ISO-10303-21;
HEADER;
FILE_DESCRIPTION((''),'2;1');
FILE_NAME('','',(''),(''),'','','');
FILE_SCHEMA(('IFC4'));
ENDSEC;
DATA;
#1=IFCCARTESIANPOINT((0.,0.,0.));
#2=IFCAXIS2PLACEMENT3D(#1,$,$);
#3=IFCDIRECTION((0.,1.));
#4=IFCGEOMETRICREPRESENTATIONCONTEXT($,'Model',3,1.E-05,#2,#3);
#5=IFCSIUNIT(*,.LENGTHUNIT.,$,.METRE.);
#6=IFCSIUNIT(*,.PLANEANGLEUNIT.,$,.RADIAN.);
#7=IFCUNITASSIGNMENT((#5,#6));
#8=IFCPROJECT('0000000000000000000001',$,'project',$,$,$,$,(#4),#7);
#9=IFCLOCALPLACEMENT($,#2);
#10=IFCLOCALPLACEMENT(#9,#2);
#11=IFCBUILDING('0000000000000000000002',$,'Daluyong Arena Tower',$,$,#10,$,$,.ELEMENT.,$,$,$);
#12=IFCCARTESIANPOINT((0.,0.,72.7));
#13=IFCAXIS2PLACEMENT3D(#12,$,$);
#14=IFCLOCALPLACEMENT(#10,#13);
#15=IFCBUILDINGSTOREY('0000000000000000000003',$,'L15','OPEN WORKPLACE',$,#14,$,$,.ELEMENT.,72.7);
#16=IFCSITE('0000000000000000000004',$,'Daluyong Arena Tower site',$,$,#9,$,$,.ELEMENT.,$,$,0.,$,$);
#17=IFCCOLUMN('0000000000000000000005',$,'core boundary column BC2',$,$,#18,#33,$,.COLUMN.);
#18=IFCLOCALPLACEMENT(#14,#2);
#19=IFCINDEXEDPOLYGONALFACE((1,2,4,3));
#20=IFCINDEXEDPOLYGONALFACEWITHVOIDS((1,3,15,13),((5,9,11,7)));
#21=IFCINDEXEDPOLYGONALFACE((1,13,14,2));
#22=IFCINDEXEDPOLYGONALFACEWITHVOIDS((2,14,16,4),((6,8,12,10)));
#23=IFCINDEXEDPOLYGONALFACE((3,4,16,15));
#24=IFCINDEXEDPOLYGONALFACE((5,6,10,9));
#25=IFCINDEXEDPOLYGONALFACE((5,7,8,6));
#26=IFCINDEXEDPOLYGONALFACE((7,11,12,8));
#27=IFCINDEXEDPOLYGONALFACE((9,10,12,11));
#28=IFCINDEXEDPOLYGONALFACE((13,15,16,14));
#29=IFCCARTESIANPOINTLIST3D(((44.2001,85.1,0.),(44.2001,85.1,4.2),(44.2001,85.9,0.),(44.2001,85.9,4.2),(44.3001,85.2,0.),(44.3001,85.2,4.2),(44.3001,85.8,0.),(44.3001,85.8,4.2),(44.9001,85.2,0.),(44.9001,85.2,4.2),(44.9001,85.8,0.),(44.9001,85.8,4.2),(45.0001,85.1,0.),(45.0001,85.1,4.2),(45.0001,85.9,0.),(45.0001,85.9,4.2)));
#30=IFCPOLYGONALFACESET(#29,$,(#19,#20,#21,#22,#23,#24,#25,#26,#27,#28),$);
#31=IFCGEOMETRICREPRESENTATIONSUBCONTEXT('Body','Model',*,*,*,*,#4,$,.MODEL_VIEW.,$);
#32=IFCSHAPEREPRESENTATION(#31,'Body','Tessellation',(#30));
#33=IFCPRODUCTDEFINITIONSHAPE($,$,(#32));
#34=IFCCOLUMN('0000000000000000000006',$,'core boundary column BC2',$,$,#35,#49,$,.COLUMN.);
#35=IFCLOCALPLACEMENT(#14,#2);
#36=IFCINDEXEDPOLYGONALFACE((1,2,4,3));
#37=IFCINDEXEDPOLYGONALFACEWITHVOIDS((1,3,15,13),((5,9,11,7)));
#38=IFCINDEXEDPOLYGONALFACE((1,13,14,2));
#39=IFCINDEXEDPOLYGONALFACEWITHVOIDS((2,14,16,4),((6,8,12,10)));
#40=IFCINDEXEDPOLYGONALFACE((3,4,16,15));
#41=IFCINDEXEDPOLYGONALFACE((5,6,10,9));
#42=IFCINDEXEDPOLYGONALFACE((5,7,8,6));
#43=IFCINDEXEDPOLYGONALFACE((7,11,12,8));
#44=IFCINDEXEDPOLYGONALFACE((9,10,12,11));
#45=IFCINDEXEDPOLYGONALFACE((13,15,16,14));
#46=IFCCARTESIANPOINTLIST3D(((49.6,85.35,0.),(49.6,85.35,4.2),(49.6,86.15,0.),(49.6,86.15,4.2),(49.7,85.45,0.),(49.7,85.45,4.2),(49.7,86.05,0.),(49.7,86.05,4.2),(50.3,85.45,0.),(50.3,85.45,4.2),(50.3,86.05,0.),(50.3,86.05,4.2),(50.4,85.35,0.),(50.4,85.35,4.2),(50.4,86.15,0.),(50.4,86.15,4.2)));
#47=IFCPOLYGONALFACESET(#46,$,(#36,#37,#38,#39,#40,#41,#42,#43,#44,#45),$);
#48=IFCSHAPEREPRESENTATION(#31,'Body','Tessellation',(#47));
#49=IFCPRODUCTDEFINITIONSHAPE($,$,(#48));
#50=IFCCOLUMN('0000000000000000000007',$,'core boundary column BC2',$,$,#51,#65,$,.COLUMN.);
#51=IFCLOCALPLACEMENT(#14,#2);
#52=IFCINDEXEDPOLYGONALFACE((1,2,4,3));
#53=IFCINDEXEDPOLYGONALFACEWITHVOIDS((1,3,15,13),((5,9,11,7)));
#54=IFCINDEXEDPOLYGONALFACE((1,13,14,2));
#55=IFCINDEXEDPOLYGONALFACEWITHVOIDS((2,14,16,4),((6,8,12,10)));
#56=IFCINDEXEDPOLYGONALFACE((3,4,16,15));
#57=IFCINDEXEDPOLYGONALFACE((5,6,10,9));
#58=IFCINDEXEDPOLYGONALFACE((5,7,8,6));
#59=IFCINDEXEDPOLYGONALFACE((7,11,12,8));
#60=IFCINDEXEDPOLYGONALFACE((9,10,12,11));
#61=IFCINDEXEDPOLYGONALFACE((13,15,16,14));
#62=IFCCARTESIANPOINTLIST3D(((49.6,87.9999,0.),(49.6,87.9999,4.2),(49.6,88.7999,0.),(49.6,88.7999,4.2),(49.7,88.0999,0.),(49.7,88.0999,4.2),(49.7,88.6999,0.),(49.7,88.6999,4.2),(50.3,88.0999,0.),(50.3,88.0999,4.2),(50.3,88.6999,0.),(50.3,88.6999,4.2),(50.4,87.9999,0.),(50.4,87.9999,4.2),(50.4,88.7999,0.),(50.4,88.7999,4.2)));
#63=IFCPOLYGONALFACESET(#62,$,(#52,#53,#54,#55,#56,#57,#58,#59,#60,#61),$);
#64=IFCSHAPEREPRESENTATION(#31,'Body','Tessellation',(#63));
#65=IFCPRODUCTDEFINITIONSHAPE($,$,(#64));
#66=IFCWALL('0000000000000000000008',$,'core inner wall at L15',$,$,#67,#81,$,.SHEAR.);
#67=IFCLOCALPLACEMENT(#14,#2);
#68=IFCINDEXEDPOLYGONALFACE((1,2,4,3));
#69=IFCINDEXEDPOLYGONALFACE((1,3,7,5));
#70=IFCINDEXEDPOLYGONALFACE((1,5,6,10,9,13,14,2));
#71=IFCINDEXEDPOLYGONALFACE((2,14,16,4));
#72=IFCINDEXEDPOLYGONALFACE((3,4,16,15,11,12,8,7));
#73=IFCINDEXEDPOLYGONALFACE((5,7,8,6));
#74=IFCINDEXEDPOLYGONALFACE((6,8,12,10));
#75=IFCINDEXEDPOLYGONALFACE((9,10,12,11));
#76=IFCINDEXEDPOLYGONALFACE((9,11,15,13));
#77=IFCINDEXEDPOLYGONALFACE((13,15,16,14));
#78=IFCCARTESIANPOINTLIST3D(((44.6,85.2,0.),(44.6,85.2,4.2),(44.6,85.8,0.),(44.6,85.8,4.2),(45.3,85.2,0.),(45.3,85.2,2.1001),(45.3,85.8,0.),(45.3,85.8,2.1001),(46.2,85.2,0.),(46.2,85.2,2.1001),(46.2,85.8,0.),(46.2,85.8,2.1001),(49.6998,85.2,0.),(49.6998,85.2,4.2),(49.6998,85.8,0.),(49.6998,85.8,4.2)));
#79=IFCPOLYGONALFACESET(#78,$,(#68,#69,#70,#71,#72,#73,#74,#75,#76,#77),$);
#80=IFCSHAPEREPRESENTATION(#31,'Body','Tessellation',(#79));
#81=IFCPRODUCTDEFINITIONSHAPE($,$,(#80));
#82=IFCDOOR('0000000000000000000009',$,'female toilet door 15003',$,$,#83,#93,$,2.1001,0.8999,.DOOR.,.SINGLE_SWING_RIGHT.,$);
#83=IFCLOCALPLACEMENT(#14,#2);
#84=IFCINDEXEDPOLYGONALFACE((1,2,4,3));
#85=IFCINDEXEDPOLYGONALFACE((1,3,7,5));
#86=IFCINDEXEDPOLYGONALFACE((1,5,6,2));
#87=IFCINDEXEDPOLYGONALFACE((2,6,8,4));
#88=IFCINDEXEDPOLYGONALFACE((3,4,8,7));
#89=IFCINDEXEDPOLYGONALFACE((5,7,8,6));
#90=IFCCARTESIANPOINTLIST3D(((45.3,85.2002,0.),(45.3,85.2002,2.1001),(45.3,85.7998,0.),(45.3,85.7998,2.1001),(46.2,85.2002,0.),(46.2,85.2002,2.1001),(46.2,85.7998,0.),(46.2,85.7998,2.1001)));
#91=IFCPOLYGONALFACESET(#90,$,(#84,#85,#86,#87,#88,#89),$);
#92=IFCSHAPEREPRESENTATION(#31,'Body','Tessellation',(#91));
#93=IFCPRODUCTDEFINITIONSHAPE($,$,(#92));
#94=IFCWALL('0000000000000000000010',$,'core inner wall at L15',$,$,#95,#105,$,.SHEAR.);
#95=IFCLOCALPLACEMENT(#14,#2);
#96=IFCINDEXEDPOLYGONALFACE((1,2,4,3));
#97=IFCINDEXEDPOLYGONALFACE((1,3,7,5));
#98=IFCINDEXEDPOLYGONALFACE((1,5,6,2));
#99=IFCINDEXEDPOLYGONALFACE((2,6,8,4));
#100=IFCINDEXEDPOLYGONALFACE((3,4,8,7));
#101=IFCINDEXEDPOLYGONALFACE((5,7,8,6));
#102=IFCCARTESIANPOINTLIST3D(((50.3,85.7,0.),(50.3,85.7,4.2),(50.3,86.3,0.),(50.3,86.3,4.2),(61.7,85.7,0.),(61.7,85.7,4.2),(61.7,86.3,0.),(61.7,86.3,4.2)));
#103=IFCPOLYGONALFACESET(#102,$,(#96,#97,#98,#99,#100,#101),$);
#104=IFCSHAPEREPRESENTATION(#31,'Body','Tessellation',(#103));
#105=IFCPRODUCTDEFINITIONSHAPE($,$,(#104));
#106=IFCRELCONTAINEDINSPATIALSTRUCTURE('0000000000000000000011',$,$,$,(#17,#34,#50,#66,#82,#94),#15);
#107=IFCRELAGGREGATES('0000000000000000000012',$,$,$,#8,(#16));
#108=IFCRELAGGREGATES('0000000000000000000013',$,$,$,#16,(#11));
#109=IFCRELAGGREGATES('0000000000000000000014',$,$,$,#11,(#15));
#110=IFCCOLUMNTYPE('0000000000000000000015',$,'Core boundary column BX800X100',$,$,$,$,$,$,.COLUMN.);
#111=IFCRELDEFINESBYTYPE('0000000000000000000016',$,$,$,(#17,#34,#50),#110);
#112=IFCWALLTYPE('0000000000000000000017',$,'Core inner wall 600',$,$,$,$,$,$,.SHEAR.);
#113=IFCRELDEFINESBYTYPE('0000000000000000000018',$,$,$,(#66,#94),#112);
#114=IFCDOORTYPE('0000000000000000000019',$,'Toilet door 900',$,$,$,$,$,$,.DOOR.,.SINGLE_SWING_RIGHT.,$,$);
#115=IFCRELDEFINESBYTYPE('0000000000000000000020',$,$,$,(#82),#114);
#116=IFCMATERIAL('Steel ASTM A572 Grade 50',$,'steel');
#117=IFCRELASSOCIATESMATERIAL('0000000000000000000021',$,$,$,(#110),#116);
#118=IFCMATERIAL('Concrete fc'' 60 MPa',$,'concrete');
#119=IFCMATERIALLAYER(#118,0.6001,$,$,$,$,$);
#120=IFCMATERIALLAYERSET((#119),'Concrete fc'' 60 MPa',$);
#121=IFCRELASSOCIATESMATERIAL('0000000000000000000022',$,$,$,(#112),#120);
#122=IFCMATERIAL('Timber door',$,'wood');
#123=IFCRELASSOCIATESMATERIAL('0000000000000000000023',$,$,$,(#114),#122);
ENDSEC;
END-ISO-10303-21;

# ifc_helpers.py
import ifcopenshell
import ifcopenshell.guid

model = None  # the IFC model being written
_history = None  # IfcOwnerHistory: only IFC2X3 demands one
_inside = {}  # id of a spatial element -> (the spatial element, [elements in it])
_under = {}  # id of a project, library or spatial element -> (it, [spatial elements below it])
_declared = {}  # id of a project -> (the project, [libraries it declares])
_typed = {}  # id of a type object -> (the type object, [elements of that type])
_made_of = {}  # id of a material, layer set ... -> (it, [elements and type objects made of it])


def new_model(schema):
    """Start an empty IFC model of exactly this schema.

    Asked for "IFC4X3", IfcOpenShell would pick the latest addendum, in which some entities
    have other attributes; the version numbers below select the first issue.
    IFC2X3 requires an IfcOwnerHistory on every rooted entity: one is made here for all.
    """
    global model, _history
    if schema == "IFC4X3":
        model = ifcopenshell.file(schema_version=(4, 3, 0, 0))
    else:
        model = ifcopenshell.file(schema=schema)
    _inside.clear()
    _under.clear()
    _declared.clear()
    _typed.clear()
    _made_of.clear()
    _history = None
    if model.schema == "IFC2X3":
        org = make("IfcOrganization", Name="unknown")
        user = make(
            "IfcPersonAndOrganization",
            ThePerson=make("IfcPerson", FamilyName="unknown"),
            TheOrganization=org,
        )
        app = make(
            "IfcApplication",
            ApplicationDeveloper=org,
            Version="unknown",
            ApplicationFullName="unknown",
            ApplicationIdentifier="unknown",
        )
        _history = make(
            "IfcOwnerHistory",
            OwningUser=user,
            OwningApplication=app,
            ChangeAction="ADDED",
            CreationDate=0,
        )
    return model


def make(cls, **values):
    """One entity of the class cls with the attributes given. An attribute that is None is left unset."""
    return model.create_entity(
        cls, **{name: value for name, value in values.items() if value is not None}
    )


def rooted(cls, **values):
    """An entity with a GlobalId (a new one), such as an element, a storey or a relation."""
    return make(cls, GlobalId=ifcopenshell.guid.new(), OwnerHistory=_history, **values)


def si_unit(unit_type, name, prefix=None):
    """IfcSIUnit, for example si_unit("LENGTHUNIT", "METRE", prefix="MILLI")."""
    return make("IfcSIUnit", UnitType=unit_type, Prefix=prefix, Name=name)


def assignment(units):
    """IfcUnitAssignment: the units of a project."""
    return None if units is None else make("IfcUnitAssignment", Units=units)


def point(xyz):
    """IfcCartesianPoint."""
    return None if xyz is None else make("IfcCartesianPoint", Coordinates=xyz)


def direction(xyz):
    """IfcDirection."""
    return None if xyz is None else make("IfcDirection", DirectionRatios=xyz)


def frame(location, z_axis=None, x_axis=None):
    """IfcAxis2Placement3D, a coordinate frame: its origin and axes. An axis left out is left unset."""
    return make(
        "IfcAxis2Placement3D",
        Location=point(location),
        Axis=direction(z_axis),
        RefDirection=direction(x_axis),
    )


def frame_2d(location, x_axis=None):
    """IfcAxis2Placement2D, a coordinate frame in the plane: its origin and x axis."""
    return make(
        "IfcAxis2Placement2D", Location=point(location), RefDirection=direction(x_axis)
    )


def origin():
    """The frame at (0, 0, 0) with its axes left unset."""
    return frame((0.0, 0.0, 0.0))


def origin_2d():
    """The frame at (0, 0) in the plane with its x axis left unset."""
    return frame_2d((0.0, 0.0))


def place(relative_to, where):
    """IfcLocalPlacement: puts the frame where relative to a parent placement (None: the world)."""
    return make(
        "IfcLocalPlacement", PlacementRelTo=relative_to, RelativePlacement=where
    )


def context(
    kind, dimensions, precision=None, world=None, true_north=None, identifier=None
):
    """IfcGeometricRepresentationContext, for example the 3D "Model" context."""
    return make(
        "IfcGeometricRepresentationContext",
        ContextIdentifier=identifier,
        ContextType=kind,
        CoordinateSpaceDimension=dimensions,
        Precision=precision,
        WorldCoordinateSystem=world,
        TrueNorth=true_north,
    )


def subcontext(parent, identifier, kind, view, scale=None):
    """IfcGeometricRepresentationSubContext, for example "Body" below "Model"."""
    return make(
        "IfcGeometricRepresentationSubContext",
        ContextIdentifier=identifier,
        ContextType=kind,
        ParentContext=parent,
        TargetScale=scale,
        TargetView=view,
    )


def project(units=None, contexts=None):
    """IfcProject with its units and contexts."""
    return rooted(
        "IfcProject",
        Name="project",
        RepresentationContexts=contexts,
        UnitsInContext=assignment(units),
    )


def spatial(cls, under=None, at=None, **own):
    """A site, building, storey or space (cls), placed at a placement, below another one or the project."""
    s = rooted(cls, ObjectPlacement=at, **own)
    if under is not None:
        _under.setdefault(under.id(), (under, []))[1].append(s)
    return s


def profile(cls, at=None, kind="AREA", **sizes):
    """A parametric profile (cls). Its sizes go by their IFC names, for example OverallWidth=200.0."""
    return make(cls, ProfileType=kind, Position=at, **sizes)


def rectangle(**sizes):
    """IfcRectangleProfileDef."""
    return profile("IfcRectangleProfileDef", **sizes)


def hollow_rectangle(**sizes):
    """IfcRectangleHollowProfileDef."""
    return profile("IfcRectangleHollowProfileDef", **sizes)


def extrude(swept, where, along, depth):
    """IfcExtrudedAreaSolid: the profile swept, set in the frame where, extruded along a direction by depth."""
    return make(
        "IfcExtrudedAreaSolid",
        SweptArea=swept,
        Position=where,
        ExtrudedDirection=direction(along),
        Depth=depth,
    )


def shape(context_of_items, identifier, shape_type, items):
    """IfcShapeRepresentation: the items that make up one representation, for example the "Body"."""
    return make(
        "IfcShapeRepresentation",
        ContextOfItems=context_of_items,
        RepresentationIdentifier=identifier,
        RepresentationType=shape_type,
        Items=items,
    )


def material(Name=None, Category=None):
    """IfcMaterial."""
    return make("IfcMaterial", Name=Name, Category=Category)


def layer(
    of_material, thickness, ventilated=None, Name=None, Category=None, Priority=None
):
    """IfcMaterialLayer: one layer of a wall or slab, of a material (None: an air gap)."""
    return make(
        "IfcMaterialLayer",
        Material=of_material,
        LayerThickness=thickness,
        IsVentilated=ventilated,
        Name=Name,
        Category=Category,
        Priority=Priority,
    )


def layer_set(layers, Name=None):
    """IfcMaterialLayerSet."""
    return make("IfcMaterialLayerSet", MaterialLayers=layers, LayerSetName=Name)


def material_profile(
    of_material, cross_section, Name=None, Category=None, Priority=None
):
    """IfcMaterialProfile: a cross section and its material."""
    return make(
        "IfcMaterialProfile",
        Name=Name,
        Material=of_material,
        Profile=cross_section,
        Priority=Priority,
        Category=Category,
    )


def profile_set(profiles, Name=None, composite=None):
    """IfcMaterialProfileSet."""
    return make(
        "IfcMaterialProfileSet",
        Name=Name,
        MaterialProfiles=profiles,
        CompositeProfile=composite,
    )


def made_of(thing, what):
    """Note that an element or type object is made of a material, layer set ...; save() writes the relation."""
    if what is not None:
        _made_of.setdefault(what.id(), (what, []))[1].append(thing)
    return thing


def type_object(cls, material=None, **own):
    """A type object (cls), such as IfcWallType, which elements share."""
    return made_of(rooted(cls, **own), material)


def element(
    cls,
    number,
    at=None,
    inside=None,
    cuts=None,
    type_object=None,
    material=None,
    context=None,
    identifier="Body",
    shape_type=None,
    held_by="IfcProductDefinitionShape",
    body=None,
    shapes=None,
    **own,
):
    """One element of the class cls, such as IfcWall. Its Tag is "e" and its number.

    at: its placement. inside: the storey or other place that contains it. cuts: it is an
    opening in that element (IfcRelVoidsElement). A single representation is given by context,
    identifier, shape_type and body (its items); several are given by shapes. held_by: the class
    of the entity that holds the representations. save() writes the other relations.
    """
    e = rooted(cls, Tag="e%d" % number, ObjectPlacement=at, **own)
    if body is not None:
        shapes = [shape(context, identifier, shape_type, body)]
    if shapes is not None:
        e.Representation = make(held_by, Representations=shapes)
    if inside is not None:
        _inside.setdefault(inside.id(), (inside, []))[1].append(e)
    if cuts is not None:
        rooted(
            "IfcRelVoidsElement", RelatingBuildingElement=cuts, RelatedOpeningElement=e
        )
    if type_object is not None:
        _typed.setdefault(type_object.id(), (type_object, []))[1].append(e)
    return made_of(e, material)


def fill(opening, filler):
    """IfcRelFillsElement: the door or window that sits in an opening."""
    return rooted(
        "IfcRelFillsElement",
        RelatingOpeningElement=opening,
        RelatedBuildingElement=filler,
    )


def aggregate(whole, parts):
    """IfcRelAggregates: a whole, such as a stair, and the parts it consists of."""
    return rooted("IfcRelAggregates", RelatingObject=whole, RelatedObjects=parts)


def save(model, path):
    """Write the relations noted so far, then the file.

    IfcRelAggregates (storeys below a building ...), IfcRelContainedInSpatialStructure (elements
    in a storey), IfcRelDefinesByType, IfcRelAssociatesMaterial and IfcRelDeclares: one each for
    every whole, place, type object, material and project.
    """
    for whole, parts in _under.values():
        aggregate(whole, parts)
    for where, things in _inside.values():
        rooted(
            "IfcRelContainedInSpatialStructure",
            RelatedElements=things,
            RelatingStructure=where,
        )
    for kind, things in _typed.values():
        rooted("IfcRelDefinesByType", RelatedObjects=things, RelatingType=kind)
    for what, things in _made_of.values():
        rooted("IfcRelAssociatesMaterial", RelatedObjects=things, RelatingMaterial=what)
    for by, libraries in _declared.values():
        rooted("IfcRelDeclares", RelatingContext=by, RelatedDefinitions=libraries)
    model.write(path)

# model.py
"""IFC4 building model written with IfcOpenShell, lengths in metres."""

from ifc_helpers import new_model, si_unit, direction, frame, frame_2d, origin, origin_2d, place, context, subcontext, project, spatial, rectangle, hollow_rectangle, extrude, material, layer, layer_set, material_profile, profile_set, type_object, element, fill, save


model = new_model("IFC4")

# Units and contexts
model_context = context("Model", 3, precision=1e-05, world=origin(), true_north=direction((0.0, 1.0)))
body_context = subcontext(model_context, "Body", "Model", "MODEL_VIEW")
ifc_project = project(units=[si_unit("LENGTHUNIT", "METRE"), si_unit("PLANEANGLEUNIT", "RADIAN")], contexts=[model_context])

# Site, building, storey
site_placement = place(None, origin())
site = spatial("IfcSite", under=ifc_project, at=site_placement, Name="Daluyong Arena Tower site", CompositionType="ELEMENT", RefElevation=0.0)
building_placement = place(site_placement, origin())
building = spatial("IfcBuilding", under=site, at=building_placement, Name="Daluyong Arena Tower", CompositionType="ELEMENT")
storey_placement = place(building_placement, frame((0.0, 0.0, 72.7)))
storey = spatial("IfcBuildingStorey", under=building, at=storey_placement, Name="L15", Description="OPEN WORKPLACE", CompositionType="ELEMENT", Elevation=72.7)

# Columns
ifc_material_1 = material(Name="Steel ASTM A572 Grade 50", Category="steel")
ifc_material_profile = material_profile(ifc_material_1, hollow_rectangle(XDim=0.8, YDim=0.8, WallThickness=0.1, at=origin_2d()))
ifc_profile_set = profile_set([ifc_material_profile], Name="Steel ASTM A572 Grade 50")
column_type = type_object("IfcColumnType", Name="Core boundary column BX800X100", PredefinedType="COLUMN", material=ifc_profile_set)
for number, where, z_axis, x_axis, name in (
    (1, (44.6001, 85.5, 0.0), (0.0, 0.0, 1.0), (1.0, 0.0, 0.0), "core boundary column BC2"),
    (2, (50.0, 85.75, 0.0), (0.0, 0.0, 1.0), (1.0, 0.0, 0.0), "core boundary column BC2"),
    (3, (50.0, 88.3999, 0.0), (0.0, 0.0, 1.0), (1.0, 0.0, 0.0), "core boundary column BC2"),
):
    element("IfcColumn", number, at=place(storey_placement, frame(where, z_axis=z_axis, x_axis=x_axis)), inside=storey, type_object=column_type, Name=name, PredefinedType="COLUMN", context=body_context, shape_type="SweptSolid", body=[
        extrude(hollow_rectangle(XDim=0.8, YDim=0.8, WallThickness=0.1, at=origin_2d()), origin(), (0.0, 0.0, 1.0), 4.2),
    ])

# Wall, opening, door
ifc_material_2 = material(Name="Concrete fc' 60 MPa", Category="concrete")
ifc_layer_1 = layer(ifc_material_2, 0.6001)
ifc_layer_set_1 = layer_set([ifc_layer_1], Name="Concrete fc' 60 MPa")
wall_type_1 = type_object("IfcWallType", Name="Core inner wall 600", PredefinedType="SHEAR", material=ifc_layer_set_1)
wall_1_placement = place(storey_placement, frame((44.6001, 85.5, 0.0), z_axis=(0.0, 0.0, 1.0), x_axis=(1.0, 0.0, 0.0)))
wall_1 = element("IfcWall", 4, at=wall_1_placement, inside=storey, type_object=wall_type_1, Name="core inner wall at L15", PredefinedType="SHEAR", context=body_context, shape_type="SweptSolid", body=[
    extrude(rectangle(XDim=5.0999, YDim=0.6001, at=frame_2d((2.5498, 0.0))), origin(), (0.0, 0.0, 1.0), 4.2),
])
opening_1_placement = place(wall_1_placement, frame((0.7, 0.0, 0.0)))
opening_1 = element("IfcOpeningElement", 5, at=opening_1_placement, cuts=wall_1, PredefinedType="OPENING", context=body_context, shape_type="SweptSolid", body=[
    extrude(rectangle(XDim=0.8999, YDim=2.1001, at=frame_2d((0.45, 1.05))), frame((0.0, 0.3101, 0.0), z_axis=(0.0, -1.0, 0.0), x_axis=(1.0, 0.0, 0.0)), (0.0, 0.0, 1.0), 0.6201),
])
ifc_material_3 = material(Name="Timber door", Category="wood")
door_type_1 = type_object("IfcDoorType", Name="Toilet door 900", OperationType="SINGLE_SWING_RIGHT", PredefinedType="DOOR", material=ifc_material_3)
door_1_placement = place(opening_1_placement, origin())
door_1 = element("IfcDoor", 6, at=door_1_placement, inside=storey, type_object=door_type_1, Name="female toilet door 15003", OperationType="SINGLE_SWING_RIGHT", OverallHeight=2.1001, OverallWidth=0.8999, PredefinedType="DOOR", context=body_context, shape_type="SweptSolid", body=[
    extrude(rectangle(XDim=0.8999, YDim=2.1001, at=frame_2d((0.45, 1.05))), frame((0.0, 0.2998, 0.0), z_axis=(0.0, -1.0, 0.0), x_axis=(1.0, 0.0, 0.0)), (0.0, 0.0, 1.0), 0.5996),
])
fill(opening_1, door_1)

# Wall
wall_2_placement = place(storey_placement, frame((50.3, 86.0, 0.0), z_axis=(0.0, 0.0, 1.0), x_axis=(1.0, 0.0, 0.0)))
element("IfcWall", 7, at=wall_2_placement, inside=storey, type_object=wall_type_1, Name="core inner wall at L15", PredefinedType="SHEAR", context=body_context, shape_type="SweptSolid", body=[
    extrude(rectangle(XDim=11.3999, YDim=0.6001, at=frame_2d((5.7, 0.0))), origin(), (0.0, 0.0, 1.0), 4.2),
])

save(model, "model.ifc")
